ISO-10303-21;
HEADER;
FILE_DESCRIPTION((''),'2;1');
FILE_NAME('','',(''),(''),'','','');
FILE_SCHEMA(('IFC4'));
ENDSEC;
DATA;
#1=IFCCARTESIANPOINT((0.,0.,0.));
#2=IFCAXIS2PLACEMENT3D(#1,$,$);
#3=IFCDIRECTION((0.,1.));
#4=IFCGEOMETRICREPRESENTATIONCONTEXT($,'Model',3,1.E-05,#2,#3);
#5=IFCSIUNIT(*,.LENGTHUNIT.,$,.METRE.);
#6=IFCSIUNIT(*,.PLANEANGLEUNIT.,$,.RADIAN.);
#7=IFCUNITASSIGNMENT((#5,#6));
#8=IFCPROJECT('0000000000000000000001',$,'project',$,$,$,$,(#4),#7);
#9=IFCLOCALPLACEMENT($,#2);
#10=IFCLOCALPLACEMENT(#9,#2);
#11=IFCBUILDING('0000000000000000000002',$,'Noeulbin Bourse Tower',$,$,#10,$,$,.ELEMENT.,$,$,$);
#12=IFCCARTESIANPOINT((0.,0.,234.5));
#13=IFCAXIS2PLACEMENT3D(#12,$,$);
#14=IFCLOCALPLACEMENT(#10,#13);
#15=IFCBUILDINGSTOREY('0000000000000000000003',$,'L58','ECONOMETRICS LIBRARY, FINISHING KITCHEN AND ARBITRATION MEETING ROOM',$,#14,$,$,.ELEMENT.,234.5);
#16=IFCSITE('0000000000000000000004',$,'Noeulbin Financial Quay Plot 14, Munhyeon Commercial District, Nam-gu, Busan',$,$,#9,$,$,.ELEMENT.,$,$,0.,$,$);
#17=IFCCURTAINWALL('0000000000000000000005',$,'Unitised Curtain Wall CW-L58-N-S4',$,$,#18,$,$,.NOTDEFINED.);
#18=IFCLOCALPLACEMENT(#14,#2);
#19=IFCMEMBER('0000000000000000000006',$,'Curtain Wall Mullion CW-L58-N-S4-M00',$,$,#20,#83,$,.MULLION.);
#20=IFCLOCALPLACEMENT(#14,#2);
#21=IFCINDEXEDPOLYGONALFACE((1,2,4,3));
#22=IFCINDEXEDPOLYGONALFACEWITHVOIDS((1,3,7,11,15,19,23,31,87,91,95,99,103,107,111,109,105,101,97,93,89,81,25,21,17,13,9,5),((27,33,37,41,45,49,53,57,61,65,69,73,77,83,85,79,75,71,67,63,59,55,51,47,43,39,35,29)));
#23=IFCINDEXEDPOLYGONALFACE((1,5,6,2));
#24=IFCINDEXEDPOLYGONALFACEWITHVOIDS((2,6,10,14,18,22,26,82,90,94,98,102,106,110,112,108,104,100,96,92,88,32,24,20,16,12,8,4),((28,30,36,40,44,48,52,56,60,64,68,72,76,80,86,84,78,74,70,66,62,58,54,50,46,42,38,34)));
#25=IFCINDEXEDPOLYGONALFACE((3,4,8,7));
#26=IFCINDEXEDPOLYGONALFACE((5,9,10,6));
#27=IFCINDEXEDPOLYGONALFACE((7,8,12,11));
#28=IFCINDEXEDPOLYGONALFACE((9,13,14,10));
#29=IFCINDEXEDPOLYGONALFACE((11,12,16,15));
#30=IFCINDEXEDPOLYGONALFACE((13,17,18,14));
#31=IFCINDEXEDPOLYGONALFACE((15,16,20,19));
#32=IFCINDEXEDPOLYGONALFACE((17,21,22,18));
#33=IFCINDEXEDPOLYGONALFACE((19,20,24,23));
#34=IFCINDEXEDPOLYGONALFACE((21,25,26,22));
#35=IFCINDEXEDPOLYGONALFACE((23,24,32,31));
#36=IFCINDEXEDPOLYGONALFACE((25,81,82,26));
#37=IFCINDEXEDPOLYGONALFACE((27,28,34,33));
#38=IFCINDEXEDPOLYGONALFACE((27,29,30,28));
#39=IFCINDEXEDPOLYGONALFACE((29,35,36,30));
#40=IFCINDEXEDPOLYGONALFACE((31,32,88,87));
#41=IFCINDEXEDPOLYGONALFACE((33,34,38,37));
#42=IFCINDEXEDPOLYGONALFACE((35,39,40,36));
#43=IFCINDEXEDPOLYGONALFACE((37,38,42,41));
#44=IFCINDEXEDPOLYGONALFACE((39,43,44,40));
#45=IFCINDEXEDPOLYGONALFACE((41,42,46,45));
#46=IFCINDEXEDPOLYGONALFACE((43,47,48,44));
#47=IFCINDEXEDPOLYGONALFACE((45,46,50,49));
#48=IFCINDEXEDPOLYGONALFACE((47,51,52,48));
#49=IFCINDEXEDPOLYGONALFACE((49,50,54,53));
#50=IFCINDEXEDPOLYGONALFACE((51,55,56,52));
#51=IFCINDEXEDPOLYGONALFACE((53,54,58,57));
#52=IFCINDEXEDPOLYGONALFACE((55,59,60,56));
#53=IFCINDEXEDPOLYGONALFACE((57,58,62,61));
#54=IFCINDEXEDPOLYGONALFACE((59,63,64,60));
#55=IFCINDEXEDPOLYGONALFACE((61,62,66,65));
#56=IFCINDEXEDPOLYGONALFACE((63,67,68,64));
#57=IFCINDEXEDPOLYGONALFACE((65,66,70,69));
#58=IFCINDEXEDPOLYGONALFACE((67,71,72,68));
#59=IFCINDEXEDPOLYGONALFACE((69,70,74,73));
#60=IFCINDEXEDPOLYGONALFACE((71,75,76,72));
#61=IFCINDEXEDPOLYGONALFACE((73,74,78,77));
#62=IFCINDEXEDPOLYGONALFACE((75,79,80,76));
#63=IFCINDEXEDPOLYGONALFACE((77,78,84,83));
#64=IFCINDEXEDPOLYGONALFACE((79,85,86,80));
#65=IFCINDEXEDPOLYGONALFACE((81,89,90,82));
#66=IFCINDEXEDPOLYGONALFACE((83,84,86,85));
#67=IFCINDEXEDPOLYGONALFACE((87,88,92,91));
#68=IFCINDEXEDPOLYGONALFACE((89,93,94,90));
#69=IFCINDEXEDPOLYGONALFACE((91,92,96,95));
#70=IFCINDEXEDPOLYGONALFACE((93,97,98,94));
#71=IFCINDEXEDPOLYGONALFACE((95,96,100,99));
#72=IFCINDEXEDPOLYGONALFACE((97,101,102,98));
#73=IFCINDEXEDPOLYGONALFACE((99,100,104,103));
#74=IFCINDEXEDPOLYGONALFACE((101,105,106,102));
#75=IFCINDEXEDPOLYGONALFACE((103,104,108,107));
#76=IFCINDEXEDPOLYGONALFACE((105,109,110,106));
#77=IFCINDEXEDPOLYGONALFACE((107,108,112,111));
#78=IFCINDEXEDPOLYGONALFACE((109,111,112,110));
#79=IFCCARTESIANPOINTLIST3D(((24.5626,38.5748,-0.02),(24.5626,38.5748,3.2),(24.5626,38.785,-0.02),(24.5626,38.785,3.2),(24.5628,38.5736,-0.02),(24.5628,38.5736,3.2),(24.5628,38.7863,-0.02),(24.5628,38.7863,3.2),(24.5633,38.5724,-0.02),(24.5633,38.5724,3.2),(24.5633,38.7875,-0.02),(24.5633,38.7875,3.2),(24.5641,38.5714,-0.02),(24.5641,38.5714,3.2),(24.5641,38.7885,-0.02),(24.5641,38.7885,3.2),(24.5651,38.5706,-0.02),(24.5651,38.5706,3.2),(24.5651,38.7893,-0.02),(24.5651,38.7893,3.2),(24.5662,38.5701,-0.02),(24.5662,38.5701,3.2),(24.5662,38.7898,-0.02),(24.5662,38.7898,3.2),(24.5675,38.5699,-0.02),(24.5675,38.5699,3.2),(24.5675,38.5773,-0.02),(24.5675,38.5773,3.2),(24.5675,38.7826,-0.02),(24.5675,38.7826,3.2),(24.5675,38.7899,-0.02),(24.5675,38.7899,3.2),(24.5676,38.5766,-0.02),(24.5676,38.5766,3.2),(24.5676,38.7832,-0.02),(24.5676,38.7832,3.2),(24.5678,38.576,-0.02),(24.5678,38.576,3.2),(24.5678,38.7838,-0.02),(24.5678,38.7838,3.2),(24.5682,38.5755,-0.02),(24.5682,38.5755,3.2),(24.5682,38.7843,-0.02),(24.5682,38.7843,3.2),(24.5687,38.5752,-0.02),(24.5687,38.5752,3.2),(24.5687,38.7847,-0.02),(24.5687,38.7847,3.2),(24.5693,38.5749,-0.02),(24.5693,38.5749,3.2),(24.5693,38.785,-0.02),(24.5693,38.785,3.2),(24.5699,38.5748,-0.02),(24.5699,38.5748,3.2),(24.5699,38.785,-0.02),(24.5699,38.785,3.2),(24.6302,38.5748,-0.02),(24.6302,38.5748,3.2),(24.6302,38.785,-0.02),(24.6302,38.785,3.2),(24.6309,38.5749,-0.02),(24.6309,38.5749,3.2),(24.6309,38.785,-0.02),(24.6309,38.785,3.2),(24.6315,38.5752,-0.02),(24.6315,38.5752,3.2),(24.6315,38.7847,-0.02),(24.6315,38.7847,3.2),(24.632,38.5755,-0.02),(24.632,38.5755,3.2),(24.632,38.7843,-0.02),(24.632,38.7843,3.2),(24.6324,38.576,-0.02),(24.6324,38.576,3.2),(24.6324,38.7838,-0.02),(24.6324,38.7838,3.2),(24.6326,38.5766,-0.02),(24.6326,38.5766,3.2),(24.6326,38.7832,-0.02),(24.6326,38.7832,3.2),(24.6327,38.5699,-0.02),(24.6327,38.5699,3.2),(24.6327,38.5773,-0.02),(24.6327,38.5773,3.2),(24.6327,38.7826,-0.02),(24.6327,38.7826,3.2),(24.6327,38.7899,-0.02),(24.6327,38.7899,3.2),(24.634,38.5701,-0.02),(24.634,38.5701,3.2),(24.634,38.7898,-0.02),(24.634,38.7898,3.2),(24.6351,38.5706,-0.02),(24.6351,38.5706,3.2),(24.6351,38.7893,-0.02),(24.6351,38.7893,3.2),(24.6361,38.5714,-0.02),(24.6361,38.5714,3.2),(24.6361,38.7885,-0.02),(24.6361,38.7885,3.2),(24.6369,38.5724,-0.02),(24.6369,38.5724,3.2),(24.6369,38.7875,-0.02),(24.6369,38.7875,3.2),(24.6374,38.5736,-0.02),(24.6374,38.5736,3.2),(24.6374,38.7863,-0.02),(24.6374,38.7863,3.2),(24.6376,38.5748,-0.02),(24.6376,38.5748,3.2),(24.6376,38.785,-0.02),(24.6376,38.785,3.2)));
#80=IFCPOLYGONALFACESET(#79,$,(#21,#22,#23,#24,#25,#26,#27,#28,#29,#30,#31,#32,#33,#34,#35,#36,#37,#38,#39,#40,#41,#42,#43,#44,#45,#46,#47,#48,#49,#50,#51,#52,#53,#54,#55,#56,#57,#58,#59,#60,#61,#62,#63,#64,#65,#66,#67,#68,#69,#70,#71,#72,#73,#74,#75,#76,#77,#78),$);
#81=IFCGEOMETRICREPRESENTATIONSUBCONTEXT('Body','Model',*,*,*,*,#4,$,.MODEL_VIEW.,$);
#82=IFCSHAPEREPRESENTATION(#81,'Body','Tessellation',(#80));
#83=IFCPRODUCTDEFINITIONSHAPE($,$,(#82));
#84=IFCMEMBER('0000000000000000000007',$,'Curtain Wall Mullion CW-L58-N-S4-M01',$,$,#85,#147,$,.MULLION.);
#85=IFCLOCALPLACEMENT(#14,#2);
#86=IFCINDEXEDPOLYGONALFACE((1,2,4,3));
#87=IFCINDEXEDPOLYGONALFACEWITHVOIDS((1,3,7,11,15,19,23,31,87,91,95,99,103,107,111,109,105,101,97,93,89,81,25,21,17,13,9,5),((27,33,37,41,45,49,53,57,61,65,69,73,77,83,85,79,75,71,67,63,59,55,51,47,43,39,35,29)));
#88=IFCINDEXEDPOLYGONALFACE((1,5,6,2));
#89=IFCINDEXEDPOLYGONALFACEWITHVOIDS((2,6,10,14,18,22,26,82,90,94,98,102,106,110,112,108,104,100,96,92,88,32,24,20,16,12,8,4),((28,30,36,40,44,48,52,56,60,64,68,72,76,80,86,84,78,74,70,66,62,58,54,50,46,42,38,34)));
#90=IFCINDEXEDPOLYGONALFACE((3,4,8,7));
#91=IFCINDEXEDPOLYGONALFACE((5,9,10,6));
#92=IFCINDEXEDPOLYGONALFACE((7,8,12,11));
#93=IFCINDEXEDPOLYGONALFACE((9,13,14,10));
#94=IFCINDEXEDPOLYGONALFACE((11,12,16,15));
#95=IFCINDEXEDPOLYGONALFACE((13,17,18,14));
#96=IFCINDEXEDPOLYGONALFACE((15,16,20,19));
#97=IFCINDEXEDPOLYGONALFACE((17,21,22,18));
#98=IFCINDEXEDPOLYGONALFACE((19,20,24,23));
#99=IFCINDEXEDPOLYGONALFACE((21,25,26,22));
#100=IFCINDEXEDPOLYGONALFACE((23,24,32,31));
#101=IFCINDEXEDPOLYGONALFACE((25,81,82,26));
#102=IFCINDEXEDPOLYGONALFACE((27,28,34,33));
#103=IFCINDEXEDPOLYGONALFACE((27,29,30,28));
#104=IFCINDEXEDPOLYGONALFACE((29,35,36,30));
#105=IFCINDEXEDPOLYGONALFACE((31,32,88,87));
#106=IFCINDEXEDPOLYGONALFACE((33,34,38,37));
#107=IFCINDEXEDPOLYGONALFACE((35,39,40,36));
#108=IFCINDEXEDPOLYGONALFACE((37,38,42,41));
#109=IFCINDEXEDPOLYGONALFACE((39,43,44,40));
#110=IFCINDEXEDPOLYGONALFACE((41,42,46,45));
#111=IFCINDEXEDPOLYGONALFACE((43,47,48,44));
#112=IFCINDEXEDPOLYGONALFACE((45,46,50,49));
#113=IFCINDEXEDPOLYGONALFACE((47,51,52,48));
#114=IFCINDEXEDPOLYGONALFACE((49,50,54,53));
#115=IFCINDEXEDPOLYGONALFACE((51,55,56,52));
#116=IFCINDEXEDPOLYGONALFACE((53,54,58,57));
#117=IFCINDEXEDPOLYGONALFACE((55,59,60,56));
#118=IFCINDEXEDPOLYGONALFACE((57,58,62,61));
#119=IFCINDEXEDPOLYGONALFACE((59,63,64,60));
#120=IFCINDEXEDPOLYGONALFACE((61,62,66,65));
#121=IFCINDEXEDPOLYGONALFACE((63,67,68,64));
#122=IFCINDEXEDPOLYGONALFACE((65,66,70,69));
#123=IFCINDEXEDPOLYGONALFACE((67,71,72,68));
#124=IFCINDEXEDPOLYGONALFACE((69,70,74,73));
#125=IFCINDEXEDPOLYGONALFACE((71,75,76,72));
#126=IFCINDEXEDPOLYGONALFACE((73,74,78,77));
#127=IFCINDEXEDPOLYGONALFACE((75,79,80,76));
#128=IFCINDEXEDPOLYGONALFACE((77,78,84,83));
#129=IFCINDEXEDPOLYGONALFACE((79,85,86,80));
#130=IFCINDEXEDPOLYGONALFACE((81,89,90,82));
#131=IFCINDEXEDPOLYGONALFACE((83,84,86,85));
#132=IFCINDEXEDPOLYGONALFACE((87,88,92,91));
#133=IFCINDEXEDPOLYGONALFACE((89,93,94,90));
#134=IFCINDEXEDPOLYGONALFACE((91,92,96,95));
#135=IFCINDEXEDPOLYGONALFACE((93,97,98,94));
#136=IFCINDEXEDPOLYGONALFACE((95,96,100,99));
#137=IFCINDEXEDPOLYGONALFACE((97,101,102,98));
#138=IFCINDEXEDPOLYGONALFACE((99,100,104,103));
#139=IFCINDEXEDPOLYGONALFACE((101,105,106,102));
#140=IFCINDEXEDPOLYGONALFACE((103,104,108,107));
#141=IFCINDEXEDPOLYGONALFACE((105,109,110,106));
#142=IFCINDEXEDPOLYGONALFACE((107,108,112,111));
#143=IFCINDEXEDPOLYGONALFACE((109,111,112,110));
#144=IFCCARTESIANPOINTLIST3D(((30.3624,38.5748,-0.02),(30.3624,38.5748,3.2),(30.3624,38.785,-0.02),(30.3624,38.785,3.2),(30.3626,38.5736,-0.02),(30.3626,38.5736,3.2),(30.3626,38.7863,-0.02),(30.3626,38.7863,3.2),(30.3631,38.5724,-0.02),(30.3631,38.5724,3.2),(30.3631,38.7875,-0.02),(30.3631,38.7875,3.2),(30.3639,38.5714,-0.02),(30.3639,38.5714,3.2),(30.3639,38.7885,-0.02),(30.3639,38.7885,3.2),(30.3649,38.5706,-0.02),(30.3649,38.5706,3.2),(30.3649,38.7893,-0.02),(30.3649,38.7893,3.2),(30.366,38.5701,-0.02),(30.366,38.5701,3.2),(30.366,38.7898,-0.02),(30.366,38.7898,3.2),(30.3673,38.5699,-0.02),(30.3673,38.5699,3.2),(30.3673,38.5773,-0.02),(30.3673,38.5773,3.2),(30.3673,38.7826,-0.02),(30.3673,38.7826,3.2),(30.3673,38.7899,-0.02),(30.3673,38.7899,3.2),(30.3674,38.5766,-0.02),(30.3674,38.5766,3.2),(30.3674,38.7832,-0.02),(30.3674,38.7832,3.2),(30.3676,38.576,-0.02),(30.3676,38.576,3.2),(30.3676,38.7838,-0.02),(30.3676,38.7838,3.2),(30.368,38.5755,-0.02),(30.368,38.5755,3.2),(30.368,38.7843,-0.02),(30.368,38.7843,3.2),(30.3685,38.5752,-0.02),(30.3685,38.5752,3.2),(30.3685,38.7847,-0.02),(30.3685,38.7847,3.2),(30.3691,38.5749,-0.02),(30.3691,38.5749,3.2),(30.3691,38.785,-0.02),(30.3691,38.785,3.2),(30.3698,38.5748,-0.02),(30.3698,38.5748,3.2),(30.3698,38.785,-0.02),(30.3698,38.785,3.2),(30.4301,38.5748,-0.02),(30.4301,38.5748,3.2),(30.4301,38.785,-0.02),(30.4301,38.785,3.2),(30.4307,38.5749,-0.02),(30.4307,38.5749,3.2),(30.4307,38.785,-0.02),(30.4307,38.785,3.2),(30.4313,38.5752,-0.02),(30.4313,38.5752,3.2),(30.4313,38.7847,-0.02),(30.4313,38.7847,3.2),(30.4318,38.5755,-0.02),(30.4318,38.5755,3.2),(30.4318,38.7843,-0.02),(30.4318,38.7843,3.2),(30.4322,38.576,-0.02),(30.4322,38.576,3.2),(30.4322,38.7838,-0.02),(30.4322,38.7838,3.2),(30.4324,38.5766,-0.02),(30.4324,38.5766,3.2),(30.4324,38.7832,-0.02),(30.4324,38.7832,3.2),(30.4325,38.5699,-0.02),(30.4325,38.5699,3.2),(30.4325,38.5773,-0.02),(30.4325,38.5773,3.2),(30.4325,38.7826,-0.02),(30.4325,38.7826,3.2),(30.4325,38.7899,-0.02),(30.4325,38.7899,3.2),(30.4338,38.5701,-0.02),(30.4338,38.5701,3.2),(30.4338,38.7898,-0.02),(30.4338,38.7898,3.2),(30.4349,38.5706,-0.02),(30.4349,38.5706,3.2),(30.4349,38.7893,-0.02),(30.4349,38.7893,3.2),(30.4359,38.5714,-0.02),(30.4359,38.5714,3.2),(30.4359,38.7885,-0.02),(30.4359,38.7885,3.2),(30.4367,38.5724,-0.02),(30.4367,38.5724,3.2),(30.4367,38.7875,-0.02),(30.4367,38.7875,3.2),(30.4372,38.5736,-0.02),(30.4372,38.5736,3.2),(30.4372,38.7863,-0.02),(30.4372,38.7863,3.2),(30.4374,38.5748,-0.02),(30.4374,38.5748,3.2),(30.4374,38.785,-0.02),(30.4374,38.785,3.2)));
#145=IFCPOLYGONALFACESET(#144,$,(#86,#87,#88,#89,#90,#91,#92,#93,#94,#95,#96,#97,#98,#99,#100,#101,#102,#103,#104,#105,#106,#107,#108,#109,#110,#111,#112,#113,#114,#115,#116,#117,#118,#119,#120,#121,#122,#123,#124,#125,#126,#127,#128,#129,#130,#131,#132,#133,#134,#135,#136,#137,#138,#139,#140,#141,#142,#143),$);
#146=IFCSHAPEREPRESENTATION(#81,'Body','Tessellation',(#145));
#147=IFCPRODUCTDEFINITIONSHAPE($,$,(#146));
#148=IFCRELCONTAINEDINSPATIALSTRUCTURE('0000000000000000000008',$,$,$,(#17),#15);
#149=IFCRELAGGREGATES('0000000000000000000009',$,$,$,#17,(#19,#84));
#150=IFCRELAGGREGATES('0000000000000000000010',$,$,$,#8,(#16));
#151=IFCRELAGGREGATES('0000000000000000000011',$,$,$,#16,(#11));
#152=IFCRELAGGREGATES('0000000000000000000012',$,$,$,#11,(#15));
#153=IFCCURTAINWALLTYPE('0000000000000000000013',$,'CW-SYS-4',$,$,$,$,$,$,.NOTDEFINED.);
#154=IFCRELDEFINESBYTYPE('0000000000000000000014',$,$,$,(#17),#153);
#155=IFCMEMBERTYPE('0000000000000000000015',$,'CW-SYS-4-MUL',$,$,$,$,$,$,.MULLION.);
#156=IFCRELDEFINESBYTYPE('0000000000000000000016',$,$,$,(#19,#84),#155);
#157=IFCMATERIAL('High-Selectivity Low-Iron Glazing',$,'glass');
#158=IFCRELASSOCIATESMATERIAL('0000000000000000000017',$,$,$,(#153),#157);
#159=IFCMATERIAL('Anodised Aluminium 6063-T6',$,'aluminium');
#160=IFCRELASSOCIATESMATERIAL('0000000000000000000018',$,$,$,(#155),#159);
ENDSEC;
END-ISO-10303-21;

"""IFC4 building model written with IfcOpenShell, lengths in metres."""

from ifc_helpers import new_model, si_unit, direction, frame, origin, origin_2d, place, context, subcontext, project, spatial, hollow_rectangle, extrude, material, material_profile, profile_set, type_object, element, aggregate, save


model = new_model("IFC4")

# Units and contexts
model_context = context("Model", 3, precision=1e-05, world=origin(), true_north=direction((0.0, 1.0)))
body_context = subcontext(model_context, "Body", "Model", "MODEL_VIEW")
ifc_project = project(units=[si_unit("LENGTHUNIT", "METRE"), si_unit("PLANEANGLEUNIT", "RADIAN")], contexts=[model_context])

# Site, building, storey
site_placement = place(None, origin())
site = spatial("IfcSite", under=ifc_project, at=site_placement, Name="Noeulbin Financial Quay Plot 14, Munhyeon Commercial District, Nam-gu, Busan", CompositionType="ELEMENT", RefElevation=0.0)
building_placement = place(site_placement, origin())
building = spatial("IfcBuilding", under=site, at=building_placement, Name="Noeulbin Bourse Tower", CompositionType="ELEMENT")
storey_placement = place(building_placement, frame((0.0, 0.0, 234.5)))
storey = spatial("IfcBuildingStorey", under=building, at=storey_placement, Name="L58", Description="ECONOMETRICS LIBRARY, FINISHING KITCHEN AND ARBITRATION MEETING ROOM", CompositionType="ELEMENT", Elevation=234.5)

# Curtain wall, members
ifc_material_1 = material(Name="High-Selectivity Low-Iron Glazing", Category="glass")
curtain_wall_type = type_object("IfcCurtainWallType", Name="CW-SYS-4", PredefinedType="NOTDEFINED", material=ifc_material_1)
curtain_wall_1_placement = place(storey_placement, origin())
curtain_wall_1 = element("IfcCurtainWall", 1, at=curtain_wall_1_placement, inside=storey, type_object=curtain_wall_type, Name="Unitised Curtain Wall CW-L58-N-S4", PredefinedType="NOTDEFINED")
ifc_material_2 = material(Name="Anodised Aluminium 6063-T6", Category="aluminium")
ifc_material_profile_1 = material_profile(ifc_material_2, hollow_rectangle(XDim=0.075, YDim=0.22, WallThickness=0.0049, InnerFilletRadius=0.0024, OuterFilletRadius=0.0049, at=origin_2d()), Name="ALU-MULL-75x220x5", Category="LoadBearing")
ifc_profile_set_1 = profile_set([ifc_material_profile_1], Name="Anodised Aluminium 6063-T6")
member_type_1 = type_object("IfcMemberType", Name="CW-SYS-4-MUL", PredefinedType="MULLION", material=ifc_profile_set_1)
member_1_placement = place(storey_placement, frame((24.6001, 38.6799, -0.02), z_axis=(0.0, 0.0, 1.0), x_axis=(1.0, 0.0, 0.0)))
member_1 = element("IfcMember", 2, at=member_1_placement, type_object=member_type_1, Name="Curtain Wall Mullion CW-L58-N-S4-M00", PredefinedType="MULLION", context=body_context, shape_type="SweptSolid", body=[
    extrude(hollow_rectangle(XDim=0.075, YDim=0.22, WallThickness=0.0049, InnerFilletRadius=0.0024, OuterFilletRadius=0.0049, at=origin_2d()), origin(), (0.0, 0.0, 1.0), 3.22),
])
member_2_placement = place(storey_placement, frame((30.3999, 38.6799, -0.02), z_axis=(0.0, 0.0, 1.0), x_axis=(1.0, 0.0, 0.0)))
member_2 = element("IfcMember", 3, at=member_2_placement, type_object=member_type_1, Name="Curtain Wall Mullion CW-L58-N-S4-M01", PredefinedType="MULLION", context=body_context, shape_type="SweptSolid", body=[
    extrude(hollow_rectangle(XDim=0.075, YDim=0.22, WallThickness=0.0049, InnerFilletRadius=0.0024, OuterFilletRadius=0.0049, at=origin_2d()), origin(), (0.0, 0.0, 1.0), 3.22),
])

aggregate(curtain_wall_1, [member_1, member_2])

save(model, "model.ifc")
